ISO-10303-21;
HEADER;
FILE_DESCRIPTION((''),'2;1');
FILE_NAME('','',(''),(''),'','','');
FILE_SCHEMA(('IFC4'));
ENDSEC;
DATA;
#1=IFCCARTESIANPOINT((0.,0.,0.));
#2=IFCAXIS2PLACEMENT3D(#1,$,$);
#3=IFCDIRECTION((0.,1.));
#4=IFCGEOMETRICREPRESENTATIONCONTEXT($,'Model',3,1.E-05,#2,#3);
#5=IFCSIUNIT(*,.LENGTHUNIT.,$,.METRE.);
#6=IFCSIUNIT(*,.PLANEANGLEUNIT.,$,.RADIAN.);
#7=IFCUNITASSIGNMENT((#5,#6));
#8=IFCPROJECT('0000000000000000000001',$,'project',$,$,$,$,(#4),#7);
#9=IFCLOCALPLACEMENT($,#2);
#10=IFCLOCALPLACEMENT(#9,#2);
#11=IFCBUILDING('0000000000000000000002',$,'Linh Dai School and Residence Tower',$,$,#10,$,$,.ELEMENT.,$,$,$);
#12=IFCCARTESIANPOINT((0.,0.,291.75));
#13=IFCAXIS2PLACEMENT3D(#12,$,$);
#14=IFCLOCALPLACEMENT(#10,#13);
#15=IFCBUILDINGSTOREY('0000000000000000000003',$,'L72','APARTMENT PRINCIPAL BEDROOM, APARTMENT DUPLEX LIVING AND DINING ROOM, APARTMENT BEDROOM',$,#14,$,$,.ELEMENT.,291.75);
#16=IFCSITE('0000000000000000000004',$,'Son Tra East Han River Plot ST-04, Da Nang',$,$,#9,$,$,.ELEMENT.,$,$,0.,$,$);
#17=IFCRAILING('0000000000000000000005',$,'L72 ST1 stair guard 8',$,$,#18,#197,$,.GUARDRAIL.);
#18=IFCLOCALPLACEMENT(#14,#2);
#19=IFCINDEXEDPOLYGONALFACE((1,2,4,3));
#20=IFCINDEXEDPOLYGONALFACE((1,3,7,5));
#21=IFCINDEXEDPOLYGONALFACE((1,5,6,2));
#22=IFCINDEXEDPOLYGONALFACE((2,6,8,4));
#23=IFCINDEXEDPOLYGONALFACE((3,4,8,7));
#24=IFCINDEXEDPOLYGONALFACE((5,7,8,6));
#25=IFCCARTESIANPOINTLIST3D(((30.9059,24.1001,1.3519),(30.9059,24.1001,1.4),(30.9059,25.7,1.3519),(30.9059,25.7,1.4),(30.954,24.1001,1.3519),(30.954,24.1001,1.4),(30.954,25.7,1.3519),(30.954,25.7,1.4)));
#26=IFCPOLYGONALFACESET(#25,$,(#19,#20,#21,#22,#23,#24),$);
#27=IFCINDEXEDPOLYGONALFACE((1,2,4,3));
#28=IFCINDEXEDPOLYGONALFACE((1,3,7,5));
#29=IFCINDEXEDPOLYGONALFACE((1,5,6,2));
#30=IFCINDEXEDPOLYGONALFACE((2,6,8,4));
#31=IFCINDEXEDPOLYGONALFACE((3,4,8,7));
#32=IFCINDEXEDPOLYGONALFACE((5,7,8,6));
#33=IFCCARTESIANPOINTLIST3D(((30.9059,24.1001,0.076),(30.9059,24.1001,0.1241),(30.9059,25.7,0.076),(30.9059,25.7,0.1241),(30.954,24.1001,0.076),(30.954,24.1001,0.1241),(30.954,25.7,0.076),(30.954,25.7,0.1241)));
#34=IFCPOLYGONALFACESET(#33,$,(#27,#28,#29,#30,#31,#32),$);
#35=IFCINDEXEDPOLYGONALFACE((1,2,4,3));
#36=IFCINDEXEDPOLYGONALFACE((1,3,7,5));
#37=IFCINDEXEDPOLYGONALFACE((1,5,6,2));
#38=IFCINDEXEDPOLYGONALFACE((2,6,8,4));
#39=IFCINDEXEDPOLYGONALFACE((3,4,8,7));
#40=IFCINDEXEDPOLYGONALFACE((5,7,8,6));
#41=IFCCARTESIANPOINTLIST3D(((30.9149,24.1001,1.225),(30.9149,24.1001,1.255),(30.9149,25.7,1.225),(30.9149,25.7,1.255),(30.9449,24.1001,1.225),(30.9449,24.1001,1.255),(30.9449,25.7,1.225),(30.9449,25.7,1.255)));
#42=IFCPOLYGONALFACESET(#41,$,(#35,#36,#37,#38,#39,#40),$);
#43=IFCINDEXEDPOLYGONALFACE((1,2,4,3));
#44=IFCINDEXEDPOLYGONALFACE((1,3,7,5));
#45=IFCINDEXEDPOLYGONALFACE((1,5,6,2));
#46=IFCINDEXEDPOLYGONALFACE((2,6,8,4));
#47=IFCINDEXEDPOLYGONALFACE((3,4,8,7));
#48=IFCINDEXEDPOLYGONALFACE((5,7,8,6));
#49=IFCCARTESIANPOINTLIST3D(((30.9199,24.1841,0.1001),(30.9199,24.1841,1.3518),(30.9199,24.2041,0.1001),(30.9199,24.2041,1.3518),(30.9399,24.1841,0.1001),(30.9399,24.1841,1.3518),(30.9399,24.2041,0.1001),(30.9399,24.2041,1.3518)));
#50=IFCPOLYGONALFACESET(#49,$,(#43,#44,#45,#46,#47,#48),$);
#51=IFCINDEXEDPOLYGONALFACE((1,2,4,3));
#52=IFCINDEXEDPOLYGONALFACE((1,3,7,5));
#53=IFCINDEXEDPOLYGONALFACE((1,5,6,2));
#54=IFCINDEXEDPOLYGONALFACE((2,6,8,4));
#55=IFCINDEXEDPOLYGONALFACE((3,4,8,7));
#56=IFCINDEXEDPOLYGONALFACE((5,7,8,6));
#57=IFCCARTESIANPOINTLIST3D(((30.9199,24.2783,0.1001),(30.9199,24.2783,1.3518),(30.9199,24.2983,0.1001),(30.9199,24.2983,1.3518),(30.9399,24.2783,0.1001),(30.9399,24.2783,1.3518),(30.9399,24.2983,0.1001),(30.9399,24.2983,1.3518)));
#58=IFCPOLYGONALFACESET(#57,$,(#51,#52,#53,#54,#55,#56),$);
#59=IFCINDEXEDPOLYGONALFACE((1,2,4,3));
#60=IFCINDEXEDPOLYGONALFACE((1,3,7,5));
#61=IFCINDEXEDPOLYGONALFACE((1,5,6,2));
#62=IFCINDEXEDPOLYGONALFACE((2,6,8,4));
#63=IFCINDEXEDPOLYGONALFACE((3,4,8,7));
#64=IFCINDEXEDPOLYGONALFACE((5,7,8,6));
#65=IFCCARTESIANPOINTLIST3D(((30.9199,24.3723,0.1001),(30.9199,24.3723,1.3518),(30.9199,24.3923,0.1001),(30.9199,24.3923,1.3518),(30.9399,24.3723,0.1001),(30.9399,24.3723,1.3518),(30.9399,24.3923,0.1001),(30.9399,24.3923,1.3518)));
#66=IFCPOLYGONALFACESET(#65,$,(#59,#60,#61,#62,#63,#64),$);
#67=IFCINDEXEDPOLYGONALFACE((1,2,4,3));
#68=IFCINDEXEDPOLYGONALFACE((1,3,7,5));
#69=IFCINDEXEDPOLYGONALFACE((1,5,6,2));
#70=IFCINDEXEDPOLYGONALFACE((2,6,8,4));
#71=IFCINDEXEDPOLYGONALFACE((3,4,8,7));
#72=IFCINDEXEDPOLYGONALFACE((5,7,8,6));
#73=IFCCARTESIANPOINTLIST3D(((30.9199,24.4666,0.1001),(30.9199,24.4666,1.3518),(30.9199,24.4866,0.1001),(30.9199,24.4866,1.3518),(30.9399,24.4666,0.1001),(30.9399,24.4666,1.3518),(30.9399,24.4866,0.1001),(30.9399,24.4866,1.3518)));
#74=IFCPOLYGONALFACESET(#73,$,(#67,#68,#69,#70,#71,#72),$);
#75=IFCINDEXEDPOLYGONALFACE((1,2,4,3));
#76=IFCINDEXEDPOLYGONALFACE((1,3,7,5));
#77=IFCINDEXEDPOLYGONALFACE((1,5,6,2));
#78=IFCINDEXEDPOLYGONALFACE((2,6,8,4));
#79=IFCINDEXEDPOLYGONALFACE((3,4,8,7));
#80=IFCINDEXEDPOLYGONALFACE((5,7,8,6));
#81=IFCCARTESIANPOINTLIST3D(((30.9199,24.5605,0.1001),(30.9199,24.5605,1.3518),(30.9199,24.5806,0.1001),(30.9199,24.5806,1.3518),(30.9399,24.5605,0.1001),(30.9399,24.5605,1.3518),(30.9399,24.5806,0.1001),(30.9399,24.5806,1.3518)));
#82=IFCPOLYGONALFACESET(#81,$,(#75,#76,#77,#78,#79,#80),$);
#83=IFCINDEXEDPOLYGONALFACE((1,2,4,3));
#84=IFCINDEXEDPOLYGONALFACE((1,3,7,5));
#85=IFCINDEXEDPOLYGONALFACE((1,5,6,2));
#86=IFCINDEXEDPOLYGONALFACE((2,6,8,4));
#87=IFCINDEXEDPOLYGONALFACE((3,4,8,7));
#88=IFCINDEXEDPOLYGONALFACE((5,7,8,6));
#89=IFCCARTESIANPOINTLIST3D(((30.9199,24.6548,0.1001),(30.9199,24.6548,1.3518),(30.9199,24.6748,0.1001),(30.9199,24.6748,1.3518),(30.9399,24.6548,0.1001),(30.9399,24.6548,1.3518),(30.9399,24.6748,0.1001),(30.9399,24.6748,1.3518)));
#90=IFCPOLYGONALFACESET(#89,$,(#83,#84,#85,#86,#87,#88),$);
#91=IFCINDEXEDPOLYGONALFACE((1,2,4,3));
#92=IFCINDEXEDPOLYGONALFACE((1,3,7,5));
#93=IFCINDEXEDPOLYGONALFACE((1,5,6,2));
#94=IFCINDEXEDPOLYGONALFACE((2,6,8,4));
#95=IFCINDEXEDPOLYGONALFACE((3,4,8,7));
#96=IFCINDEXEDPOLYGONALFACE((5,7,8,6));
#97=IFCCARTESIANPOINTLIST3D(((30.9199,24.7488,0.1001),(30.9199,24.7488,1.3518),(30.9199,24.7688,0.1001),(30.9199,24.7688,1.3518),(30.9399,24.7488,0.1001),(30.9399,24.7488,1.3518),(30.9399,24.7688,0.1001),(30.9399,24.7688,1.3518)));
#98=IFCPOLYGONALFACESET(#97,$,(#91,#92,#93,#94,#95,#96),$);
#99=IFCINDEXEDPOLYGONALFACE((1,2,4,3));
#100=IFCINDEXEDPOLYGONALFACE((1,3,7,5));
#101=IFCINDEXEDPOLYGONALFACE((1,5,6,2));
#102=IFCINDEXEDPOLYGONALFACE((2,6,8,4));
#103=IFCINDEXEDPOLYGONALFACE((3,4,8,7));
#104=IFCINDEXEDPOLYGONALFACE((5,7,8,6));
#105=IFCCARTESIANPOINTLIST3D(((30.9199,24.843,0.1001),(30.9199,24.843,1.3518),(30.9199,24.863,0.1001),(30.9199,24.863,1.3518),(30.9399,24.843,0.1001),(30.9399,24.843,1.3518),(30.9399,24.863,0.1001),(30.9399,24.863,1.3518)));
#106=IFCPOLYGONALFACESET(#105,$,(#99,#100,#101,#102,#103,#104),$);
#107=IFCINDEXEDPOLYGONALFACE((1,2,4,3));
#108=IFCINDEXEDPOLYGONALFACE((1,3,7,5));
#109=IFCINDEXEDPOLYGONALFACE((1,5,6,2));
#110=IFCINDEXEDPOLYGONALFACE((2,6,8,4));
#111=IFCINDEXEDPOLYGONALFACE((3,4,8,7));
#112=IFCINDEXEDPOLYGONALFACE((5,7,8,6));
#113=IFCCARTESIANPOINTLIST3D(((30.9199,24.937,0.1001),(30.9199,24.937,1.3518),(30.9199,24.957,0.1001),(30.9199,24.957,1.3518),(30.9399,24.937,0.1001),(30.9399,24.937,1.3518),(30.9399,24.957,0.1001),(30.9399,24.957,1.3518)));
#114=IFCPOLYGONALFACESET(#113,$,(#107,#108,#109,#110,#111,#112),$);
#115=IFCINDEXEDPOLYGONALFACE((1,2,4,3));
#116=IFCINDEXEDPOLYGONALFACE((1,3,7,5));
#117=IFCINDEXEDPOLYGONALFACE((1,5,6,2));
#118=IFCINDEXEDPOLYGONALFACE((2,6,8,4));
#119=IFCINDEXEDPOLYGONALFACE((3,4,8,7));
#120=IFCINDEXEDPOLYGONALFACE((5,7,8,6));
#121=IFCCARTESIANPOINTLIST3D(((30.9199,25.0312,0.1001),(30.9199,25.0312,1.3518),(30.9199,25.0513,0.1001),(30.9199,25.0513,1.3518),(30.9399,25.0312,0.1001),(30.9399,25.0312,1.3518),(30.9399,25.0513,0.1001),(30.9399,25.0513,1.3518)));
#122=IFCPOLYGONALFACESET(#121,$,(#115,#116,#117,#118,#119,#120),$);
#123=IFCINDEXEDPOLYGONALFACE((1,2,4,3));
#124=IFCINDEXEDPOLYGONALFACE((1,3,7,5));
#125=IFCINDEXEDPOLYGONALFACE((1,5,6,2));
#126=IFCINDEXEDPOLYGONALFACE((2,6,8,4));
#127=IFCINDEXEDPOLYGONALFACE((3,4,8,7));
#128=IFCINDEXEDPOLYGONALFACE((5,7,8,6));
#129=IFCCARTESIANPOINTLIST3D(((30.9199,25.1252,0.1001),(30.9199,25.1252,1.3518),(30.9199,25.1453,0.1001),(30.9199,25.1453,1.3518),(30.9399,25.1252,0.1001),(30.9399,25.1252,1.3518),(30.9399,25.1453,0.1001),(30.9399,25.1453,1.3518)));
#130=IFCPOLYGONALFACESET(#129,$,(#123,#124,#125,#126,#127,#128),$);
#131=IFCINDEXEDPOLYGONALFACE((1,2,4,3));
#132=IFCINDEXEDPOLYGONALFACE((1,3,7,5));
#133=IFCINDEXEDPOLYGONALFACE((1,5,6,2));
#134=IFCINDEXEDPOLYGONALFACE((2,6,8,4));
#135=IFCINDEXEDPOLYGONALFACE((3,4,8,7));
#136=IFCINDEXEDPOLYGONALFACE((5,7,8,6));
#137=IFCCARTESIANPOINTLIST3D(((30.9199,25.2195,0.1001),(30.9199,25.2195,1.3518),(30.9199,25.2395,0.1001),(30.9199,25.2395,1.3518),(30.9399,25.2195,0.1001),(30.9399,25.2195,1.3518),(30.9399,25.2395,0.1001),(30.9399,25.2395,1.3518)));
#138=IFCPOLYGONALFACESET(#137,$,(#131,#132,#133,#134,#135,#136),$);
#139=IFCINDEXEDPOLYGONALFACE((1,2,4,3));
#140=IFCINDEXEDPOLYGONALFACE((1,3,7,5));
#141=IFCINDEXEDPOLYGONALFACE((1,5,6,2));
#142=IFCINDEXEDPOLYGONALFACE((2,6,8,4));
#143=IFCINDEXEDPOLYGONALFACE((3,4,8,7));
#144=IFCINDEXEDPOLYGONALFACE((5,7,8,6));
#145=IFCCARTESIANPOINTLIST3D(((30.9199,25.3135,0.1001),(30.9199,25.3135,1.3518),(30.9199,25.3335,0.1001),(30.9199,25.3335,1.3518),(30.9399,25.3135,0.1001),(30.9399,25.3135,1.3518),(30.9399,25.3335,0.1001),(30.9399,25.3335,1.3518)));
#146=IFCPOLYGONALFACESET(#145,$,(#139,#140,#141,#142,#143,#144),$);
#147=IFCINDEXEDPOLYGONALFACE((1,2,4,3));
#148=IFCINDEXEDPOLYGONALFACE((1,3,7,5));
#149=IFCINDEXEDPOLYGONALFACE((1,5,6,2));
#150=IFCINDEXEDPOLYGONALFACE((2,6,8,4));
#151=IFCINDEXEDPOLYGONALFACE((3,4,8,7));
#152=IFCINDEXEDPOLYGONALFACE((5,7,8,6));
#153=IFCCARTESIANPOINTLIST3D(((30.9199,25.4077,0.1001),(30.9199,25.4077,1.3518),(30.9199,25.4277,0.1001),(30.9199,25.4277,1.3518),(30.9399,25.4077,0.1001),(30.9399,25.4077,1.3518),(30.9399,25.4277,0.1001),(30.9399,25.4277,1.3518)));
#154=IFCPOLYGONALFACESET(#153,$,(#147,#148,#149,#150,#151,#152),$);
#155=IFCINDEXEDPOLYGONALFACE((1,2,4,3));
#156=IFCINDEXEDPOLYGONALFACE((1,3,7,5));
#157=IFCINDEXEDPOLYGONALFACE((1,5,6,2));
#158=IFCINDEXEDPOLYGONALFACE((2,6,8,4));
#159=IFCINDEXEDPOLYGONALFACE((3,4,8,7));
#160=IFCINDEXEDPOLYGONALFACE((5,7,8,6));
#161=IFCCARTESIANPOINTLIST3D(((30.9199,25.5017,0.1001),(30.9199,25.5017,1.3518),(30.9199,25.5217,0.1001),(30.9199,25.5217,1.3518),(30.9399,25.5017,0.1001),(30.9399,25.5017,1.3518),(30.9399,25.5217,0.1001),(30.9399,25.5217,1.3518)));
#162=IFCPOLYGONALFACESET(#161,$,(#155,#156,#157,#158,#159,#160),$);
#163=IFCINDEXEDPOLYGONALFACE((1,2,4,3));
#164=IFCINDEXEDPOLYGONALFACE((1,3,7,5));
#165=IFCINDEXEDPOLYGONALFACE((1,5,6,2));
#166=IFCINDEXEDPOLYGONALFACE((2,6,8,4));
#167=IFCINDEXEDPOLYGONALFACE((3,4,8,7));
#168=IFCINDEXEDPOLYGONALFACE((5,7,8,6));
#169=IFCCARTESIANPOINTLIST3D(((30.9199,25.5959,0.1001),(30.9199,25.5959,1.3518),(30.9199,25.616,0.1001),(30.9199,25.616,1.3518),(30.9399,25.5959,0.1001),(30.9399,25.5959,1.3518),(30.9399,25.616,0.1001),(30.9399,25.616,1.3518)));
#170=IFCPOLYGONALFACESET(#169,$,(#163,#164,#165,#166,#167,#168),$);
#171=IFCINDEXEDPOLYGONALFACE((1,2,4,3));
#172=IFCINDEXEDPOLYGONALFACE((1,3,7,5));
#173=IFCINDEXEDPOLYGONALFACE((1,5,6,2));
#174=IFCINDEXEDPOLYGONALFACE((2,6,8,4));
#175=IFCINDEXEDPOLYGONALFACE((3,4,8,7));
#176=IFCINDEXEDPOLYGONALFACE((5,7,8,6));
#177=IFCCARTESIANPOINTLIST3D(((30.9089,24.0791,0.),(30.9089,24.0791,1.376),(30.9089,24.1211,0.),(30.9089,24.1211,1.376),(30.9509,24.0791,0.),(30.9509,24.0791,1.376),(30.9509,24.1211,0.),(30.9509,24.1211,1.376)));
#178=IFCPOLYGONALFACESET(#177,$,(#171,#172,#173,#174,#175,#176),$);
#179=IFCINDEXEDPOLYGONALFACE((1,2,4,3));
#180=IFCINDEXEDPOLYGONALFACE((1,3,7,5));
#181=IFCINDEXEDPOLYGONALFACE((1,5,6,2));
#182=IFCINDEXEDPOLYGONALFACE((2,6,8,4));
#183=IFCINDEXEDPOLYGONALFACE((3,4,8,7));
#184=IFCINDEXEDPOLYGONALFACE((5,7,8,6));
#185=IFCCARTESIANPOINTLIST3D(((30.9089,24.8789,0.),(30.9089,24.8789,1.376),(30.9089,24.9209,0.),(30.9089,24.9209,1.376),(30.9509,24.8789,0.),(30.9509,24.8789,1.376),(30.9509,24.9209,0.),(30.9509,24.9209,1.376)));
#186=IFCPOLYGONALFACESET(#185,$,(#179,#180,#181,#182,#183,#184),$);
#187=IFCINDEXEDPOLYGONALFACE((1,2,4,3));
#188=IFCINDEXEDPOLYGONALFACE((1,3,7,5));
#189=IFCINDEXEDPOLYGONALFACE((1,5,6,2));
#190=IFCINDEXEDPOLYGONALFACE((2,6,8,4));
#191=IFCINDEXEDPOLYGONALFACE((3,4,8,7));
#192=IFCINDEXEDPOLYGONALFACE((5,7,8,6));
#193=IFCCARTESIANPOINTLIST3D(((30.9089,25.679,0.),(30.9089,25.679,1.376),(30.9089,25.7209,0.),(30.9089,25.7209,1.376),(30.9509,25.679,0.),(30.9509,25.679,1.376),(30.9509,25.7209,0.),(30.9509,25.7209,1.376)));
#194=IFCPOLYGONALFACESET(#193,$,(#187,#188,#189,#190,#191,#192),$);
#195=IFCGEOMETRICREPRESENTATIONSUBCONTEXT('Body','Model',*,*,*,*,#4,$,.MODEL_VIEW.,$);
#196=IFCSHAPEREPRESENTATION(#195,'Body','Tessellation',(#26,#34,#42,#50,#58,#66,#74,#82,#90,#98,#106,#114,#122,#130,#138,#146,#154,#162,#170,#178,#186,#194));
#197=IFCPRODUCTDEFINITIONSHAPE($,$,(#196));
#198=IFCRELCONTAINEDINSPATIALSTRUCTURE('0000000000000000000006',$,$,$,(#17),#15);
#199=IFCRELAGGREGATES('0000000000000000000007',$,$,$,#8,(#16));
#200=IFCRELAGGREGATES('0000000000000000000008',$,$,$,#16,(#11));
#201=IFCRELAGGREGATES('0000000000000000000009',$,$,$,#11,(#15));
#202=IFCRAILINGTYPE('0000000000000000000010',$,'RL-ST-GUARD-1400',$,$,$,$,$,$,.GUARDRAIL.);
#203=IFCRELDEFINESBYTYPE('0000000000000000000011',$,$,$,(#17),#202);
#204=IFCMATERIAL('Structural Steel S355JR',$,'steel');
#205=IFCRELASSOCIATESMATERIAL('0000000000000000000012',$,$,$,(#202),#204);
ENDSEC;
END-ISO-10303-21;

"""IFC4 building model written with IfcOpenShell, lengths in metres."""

from ifc_helpers import new_model, si_unit, direction, frame, origin, origin_2d, place, context, subcontext, project, spatial, rectangle, extrude, source, transform, mapped, material, type_object, element, save


model = new_model("IFC4")

# Units and contexts
model_context = context("Model", 3, precision=1e-05, world=origin(), true_north=direction((0.0, 1.0)))
body_context = subcontext(model_context, "Body", "Model", "MODEL_VIEW")
ifc_project = project(units=[si_unit("LENGTHUNIT", "METRE"), si_unit("PLANEANGLEUNIT", "RADIAN")], contexts=[model_context])

# Site, building, storey
site_placement = place(None, origin())
site = spatial("IfcSite", under=ifc_project, at=site_placement, Name="Son Tra East Han River Plot ST-04, Da Nang", CompositionType="ELEMENT", RefElevation=0.0)
building_placement = place(site_placement, origin())
building = spatial("IfcBuilding", under=site, at=building_placement, Name="Linh Dai School and Residence Tower", CompositionType="ELEMENT")
storey_placement = place(building_placement, frame((0.0, 0.0, 291.75)))
storey = spatial("IfcBuildingStorey", under=building, at=storey_placement, Name="L72", Description="APARTMENT PRINCIPAL BEDROOM, APARTMENT DUPLEX LIVING AND DINING ROOM, APARTMENT BEDROOM", CompositionType="ELEMENT", Elevation=291.75)

# Shared definitions
ifc_material_1 = material(Name="Structural Steel S355JR", Category="steel")

# Railing
railing_type_1 = type_object("IfcRailingType", Name="RL-ST-GUARD-1400", PredefinedType="GUARDRAIL", material=ifc_material_1)
shared_shape_1 = source(origin(), body_context, "Body", "SweptSolid", [
    extrude(rectangle(XDim=0.0481, YDim=0.0481, at=origin_2d()), frame((0.0, 0.0, 1.376), z_axis=(0.0, 1.0, 0.0), x_axis=(-1.0, 0.0, 0.0)), (0.0, 0.0, 1.0), 1.5999),
    extrude(rectangle(XDim=0.0481, YDim=0.0481, at=origin_2d()), frame((0.0, 0.0, 0.1001), z_axis=(0.0, 1.0, 0.0), x_axis=(-1.0, 0.0, 0.0)), (0.0, 0.0, 1.0), 1.5999),
    extrude(rectangle(XDim=0.03, YDim=0.03, at=origin_2d()), frame((0.0, 0.0, 1.24), z_axis=(0.0, 1.0, 0.0), x_axis=(-1.0, 0.0, 0.0)), (0.0, 0.0, 1.0), 1.5999),
    extrude(rectangle(XDim=0.02, YDim=0.02, at=origin_2d()), frame((0.0, 0.094, 0.1001)), (0.0, 0.0, 1.0), 1.2517),
    extrude(rectangle(XDim=0.02, YDim=0.02, at=origin_2d()), frame((0.0, 0.1882, 0.1001)), (0.0, 0.0, 1.0), 1.2517),
    extrude(rectangle(XDim=0.02, YDim=0.02, at=origin_2d()), frame((0.0, 0.2822, 0.1001)), (0.0, 0.0, 1.0), 1.2517),
    extrude(rectangle(XDim=0.02, YDim=0.02, at=origin_2d()), frame((0.0, 0.3765, 0.1001)), (0.0, 0.0, 1.0), 1.2517),
    extrude(rectangle(XDim=0.02, YDim=0.02, at=origin_2d()), frame((0.0, 0.4705, 0.1001)), (0.0, 0.0, 1.0), 1.2517),
    extrude(rectangle(XDim=0.02, YDim=0.02, at=origin_2d()), frame((0.0, 0.5647, 0.1001)), (0.0, 0.0, 1.0), 1.2517),
    extrude(rectangle(XDim=0.02, YDim=0.02, at=origin_2d()), frame((0.0, 0.6587, 0.1001)), (0.0, 0.0, 1.0), 1.2517),
    extrude(rectangle(XDim=0.02, YDim=0.02, at=origin_2d()), frame((0.0, 0.7529, 0.1001)), (0.0, 0.0, 1.0), 1.2517),
    extrude(rectangle(XDim=0.02, YDim=0.02, at=origin_2d()), frame((0.0, 0.8469, 0.1001)), (0.0, 0.0, 1.0), 1.2517),
    extrude(rectangle(XDim=0.02, YDim=0.02, at=origin_2d()), frame((0.0, 0.9412, 0.1001)), (0.0, 0.0, 1.0), 1.2517),
    extrude(rectangle(XDim=0.02, YDim=0.02, at=origin_2d()), frame((0.0, 1.0352, 0.1001)), (0.0, 0.0, 1.0), 1.2517),
    extrude(rectangle(XDim=0.02, YDim=0.02, at=origin_2d()), frame((0.0, 1.1294, 0.1001)), (0.0, 0.0, 1.0), 1.2517),
    extrude(rectangle(XDim=0.02, YDim=0.02, at=origin_2d()), frame((0.0, 1.2234, 0.1001)), (0.0, 0.0, 1.0), 1.2517),
    extrude(rectangle(XDim=0.02, YDim=0.02, at=origin_2d()), frame((0.0, 1.3176, 0.1001)), (0.0, 0.0, 1.0), 1.2517),
    extrude(rectangle(XDim=0.02, YDim=0.02, at=origin_2d()), frame((0.0, 1.4116, 0.1001)), (0.0, 0.0, 1.0), 1.2517),
    extrude(rectangle(XDim=0.02, YDim=0.02, at=origin_2d()), frame((0.0, 1.5059, 0.1001)), (0.0, 0.0, 1.0), 1.2517),
    extrude(rectangle(XDim=0.042, YDim=0.042, at=origin_2d()), origin(), (0.0, 0.0, 1.0), 1.376),
    extrude(rectangle(XDim=0.042, YDim=0.042, at=origin_2d()), frame((0.0, 0.7998, 0.0)), (0.0, 0.0, 1.0), 1.376),
    extrude(rectangle(XDim=0.042, YDim=0.042, at=origin_2d()), frame((0.0, 1.5999, 0.0)), (0.0, 0.0, 1.0), 1.376),
])
for number, where, name in (
    (1, (30.9299, 24.1001, 0.0), "L72 ST1 stair guard 8"),
):
    element("IfcRailing", number, at=place(storey_placement, frame(where)), inside=storey, type_object=railing_type_1, Name=name, PredefinedType="GUARDRAIL", context=body_context, shape_type="MappedRepresentation", body=[
        mapped(shared_shape_1, transform((0.0, 0.0, 0.0), x_axis=(1.0, 0.0, 0.0), y_axis=(0.0, 1.0, 0.0), z_axis=(0.0, 0.0, 1.0), scale=1.0)),
    ])

save(model, "model.ifc")
